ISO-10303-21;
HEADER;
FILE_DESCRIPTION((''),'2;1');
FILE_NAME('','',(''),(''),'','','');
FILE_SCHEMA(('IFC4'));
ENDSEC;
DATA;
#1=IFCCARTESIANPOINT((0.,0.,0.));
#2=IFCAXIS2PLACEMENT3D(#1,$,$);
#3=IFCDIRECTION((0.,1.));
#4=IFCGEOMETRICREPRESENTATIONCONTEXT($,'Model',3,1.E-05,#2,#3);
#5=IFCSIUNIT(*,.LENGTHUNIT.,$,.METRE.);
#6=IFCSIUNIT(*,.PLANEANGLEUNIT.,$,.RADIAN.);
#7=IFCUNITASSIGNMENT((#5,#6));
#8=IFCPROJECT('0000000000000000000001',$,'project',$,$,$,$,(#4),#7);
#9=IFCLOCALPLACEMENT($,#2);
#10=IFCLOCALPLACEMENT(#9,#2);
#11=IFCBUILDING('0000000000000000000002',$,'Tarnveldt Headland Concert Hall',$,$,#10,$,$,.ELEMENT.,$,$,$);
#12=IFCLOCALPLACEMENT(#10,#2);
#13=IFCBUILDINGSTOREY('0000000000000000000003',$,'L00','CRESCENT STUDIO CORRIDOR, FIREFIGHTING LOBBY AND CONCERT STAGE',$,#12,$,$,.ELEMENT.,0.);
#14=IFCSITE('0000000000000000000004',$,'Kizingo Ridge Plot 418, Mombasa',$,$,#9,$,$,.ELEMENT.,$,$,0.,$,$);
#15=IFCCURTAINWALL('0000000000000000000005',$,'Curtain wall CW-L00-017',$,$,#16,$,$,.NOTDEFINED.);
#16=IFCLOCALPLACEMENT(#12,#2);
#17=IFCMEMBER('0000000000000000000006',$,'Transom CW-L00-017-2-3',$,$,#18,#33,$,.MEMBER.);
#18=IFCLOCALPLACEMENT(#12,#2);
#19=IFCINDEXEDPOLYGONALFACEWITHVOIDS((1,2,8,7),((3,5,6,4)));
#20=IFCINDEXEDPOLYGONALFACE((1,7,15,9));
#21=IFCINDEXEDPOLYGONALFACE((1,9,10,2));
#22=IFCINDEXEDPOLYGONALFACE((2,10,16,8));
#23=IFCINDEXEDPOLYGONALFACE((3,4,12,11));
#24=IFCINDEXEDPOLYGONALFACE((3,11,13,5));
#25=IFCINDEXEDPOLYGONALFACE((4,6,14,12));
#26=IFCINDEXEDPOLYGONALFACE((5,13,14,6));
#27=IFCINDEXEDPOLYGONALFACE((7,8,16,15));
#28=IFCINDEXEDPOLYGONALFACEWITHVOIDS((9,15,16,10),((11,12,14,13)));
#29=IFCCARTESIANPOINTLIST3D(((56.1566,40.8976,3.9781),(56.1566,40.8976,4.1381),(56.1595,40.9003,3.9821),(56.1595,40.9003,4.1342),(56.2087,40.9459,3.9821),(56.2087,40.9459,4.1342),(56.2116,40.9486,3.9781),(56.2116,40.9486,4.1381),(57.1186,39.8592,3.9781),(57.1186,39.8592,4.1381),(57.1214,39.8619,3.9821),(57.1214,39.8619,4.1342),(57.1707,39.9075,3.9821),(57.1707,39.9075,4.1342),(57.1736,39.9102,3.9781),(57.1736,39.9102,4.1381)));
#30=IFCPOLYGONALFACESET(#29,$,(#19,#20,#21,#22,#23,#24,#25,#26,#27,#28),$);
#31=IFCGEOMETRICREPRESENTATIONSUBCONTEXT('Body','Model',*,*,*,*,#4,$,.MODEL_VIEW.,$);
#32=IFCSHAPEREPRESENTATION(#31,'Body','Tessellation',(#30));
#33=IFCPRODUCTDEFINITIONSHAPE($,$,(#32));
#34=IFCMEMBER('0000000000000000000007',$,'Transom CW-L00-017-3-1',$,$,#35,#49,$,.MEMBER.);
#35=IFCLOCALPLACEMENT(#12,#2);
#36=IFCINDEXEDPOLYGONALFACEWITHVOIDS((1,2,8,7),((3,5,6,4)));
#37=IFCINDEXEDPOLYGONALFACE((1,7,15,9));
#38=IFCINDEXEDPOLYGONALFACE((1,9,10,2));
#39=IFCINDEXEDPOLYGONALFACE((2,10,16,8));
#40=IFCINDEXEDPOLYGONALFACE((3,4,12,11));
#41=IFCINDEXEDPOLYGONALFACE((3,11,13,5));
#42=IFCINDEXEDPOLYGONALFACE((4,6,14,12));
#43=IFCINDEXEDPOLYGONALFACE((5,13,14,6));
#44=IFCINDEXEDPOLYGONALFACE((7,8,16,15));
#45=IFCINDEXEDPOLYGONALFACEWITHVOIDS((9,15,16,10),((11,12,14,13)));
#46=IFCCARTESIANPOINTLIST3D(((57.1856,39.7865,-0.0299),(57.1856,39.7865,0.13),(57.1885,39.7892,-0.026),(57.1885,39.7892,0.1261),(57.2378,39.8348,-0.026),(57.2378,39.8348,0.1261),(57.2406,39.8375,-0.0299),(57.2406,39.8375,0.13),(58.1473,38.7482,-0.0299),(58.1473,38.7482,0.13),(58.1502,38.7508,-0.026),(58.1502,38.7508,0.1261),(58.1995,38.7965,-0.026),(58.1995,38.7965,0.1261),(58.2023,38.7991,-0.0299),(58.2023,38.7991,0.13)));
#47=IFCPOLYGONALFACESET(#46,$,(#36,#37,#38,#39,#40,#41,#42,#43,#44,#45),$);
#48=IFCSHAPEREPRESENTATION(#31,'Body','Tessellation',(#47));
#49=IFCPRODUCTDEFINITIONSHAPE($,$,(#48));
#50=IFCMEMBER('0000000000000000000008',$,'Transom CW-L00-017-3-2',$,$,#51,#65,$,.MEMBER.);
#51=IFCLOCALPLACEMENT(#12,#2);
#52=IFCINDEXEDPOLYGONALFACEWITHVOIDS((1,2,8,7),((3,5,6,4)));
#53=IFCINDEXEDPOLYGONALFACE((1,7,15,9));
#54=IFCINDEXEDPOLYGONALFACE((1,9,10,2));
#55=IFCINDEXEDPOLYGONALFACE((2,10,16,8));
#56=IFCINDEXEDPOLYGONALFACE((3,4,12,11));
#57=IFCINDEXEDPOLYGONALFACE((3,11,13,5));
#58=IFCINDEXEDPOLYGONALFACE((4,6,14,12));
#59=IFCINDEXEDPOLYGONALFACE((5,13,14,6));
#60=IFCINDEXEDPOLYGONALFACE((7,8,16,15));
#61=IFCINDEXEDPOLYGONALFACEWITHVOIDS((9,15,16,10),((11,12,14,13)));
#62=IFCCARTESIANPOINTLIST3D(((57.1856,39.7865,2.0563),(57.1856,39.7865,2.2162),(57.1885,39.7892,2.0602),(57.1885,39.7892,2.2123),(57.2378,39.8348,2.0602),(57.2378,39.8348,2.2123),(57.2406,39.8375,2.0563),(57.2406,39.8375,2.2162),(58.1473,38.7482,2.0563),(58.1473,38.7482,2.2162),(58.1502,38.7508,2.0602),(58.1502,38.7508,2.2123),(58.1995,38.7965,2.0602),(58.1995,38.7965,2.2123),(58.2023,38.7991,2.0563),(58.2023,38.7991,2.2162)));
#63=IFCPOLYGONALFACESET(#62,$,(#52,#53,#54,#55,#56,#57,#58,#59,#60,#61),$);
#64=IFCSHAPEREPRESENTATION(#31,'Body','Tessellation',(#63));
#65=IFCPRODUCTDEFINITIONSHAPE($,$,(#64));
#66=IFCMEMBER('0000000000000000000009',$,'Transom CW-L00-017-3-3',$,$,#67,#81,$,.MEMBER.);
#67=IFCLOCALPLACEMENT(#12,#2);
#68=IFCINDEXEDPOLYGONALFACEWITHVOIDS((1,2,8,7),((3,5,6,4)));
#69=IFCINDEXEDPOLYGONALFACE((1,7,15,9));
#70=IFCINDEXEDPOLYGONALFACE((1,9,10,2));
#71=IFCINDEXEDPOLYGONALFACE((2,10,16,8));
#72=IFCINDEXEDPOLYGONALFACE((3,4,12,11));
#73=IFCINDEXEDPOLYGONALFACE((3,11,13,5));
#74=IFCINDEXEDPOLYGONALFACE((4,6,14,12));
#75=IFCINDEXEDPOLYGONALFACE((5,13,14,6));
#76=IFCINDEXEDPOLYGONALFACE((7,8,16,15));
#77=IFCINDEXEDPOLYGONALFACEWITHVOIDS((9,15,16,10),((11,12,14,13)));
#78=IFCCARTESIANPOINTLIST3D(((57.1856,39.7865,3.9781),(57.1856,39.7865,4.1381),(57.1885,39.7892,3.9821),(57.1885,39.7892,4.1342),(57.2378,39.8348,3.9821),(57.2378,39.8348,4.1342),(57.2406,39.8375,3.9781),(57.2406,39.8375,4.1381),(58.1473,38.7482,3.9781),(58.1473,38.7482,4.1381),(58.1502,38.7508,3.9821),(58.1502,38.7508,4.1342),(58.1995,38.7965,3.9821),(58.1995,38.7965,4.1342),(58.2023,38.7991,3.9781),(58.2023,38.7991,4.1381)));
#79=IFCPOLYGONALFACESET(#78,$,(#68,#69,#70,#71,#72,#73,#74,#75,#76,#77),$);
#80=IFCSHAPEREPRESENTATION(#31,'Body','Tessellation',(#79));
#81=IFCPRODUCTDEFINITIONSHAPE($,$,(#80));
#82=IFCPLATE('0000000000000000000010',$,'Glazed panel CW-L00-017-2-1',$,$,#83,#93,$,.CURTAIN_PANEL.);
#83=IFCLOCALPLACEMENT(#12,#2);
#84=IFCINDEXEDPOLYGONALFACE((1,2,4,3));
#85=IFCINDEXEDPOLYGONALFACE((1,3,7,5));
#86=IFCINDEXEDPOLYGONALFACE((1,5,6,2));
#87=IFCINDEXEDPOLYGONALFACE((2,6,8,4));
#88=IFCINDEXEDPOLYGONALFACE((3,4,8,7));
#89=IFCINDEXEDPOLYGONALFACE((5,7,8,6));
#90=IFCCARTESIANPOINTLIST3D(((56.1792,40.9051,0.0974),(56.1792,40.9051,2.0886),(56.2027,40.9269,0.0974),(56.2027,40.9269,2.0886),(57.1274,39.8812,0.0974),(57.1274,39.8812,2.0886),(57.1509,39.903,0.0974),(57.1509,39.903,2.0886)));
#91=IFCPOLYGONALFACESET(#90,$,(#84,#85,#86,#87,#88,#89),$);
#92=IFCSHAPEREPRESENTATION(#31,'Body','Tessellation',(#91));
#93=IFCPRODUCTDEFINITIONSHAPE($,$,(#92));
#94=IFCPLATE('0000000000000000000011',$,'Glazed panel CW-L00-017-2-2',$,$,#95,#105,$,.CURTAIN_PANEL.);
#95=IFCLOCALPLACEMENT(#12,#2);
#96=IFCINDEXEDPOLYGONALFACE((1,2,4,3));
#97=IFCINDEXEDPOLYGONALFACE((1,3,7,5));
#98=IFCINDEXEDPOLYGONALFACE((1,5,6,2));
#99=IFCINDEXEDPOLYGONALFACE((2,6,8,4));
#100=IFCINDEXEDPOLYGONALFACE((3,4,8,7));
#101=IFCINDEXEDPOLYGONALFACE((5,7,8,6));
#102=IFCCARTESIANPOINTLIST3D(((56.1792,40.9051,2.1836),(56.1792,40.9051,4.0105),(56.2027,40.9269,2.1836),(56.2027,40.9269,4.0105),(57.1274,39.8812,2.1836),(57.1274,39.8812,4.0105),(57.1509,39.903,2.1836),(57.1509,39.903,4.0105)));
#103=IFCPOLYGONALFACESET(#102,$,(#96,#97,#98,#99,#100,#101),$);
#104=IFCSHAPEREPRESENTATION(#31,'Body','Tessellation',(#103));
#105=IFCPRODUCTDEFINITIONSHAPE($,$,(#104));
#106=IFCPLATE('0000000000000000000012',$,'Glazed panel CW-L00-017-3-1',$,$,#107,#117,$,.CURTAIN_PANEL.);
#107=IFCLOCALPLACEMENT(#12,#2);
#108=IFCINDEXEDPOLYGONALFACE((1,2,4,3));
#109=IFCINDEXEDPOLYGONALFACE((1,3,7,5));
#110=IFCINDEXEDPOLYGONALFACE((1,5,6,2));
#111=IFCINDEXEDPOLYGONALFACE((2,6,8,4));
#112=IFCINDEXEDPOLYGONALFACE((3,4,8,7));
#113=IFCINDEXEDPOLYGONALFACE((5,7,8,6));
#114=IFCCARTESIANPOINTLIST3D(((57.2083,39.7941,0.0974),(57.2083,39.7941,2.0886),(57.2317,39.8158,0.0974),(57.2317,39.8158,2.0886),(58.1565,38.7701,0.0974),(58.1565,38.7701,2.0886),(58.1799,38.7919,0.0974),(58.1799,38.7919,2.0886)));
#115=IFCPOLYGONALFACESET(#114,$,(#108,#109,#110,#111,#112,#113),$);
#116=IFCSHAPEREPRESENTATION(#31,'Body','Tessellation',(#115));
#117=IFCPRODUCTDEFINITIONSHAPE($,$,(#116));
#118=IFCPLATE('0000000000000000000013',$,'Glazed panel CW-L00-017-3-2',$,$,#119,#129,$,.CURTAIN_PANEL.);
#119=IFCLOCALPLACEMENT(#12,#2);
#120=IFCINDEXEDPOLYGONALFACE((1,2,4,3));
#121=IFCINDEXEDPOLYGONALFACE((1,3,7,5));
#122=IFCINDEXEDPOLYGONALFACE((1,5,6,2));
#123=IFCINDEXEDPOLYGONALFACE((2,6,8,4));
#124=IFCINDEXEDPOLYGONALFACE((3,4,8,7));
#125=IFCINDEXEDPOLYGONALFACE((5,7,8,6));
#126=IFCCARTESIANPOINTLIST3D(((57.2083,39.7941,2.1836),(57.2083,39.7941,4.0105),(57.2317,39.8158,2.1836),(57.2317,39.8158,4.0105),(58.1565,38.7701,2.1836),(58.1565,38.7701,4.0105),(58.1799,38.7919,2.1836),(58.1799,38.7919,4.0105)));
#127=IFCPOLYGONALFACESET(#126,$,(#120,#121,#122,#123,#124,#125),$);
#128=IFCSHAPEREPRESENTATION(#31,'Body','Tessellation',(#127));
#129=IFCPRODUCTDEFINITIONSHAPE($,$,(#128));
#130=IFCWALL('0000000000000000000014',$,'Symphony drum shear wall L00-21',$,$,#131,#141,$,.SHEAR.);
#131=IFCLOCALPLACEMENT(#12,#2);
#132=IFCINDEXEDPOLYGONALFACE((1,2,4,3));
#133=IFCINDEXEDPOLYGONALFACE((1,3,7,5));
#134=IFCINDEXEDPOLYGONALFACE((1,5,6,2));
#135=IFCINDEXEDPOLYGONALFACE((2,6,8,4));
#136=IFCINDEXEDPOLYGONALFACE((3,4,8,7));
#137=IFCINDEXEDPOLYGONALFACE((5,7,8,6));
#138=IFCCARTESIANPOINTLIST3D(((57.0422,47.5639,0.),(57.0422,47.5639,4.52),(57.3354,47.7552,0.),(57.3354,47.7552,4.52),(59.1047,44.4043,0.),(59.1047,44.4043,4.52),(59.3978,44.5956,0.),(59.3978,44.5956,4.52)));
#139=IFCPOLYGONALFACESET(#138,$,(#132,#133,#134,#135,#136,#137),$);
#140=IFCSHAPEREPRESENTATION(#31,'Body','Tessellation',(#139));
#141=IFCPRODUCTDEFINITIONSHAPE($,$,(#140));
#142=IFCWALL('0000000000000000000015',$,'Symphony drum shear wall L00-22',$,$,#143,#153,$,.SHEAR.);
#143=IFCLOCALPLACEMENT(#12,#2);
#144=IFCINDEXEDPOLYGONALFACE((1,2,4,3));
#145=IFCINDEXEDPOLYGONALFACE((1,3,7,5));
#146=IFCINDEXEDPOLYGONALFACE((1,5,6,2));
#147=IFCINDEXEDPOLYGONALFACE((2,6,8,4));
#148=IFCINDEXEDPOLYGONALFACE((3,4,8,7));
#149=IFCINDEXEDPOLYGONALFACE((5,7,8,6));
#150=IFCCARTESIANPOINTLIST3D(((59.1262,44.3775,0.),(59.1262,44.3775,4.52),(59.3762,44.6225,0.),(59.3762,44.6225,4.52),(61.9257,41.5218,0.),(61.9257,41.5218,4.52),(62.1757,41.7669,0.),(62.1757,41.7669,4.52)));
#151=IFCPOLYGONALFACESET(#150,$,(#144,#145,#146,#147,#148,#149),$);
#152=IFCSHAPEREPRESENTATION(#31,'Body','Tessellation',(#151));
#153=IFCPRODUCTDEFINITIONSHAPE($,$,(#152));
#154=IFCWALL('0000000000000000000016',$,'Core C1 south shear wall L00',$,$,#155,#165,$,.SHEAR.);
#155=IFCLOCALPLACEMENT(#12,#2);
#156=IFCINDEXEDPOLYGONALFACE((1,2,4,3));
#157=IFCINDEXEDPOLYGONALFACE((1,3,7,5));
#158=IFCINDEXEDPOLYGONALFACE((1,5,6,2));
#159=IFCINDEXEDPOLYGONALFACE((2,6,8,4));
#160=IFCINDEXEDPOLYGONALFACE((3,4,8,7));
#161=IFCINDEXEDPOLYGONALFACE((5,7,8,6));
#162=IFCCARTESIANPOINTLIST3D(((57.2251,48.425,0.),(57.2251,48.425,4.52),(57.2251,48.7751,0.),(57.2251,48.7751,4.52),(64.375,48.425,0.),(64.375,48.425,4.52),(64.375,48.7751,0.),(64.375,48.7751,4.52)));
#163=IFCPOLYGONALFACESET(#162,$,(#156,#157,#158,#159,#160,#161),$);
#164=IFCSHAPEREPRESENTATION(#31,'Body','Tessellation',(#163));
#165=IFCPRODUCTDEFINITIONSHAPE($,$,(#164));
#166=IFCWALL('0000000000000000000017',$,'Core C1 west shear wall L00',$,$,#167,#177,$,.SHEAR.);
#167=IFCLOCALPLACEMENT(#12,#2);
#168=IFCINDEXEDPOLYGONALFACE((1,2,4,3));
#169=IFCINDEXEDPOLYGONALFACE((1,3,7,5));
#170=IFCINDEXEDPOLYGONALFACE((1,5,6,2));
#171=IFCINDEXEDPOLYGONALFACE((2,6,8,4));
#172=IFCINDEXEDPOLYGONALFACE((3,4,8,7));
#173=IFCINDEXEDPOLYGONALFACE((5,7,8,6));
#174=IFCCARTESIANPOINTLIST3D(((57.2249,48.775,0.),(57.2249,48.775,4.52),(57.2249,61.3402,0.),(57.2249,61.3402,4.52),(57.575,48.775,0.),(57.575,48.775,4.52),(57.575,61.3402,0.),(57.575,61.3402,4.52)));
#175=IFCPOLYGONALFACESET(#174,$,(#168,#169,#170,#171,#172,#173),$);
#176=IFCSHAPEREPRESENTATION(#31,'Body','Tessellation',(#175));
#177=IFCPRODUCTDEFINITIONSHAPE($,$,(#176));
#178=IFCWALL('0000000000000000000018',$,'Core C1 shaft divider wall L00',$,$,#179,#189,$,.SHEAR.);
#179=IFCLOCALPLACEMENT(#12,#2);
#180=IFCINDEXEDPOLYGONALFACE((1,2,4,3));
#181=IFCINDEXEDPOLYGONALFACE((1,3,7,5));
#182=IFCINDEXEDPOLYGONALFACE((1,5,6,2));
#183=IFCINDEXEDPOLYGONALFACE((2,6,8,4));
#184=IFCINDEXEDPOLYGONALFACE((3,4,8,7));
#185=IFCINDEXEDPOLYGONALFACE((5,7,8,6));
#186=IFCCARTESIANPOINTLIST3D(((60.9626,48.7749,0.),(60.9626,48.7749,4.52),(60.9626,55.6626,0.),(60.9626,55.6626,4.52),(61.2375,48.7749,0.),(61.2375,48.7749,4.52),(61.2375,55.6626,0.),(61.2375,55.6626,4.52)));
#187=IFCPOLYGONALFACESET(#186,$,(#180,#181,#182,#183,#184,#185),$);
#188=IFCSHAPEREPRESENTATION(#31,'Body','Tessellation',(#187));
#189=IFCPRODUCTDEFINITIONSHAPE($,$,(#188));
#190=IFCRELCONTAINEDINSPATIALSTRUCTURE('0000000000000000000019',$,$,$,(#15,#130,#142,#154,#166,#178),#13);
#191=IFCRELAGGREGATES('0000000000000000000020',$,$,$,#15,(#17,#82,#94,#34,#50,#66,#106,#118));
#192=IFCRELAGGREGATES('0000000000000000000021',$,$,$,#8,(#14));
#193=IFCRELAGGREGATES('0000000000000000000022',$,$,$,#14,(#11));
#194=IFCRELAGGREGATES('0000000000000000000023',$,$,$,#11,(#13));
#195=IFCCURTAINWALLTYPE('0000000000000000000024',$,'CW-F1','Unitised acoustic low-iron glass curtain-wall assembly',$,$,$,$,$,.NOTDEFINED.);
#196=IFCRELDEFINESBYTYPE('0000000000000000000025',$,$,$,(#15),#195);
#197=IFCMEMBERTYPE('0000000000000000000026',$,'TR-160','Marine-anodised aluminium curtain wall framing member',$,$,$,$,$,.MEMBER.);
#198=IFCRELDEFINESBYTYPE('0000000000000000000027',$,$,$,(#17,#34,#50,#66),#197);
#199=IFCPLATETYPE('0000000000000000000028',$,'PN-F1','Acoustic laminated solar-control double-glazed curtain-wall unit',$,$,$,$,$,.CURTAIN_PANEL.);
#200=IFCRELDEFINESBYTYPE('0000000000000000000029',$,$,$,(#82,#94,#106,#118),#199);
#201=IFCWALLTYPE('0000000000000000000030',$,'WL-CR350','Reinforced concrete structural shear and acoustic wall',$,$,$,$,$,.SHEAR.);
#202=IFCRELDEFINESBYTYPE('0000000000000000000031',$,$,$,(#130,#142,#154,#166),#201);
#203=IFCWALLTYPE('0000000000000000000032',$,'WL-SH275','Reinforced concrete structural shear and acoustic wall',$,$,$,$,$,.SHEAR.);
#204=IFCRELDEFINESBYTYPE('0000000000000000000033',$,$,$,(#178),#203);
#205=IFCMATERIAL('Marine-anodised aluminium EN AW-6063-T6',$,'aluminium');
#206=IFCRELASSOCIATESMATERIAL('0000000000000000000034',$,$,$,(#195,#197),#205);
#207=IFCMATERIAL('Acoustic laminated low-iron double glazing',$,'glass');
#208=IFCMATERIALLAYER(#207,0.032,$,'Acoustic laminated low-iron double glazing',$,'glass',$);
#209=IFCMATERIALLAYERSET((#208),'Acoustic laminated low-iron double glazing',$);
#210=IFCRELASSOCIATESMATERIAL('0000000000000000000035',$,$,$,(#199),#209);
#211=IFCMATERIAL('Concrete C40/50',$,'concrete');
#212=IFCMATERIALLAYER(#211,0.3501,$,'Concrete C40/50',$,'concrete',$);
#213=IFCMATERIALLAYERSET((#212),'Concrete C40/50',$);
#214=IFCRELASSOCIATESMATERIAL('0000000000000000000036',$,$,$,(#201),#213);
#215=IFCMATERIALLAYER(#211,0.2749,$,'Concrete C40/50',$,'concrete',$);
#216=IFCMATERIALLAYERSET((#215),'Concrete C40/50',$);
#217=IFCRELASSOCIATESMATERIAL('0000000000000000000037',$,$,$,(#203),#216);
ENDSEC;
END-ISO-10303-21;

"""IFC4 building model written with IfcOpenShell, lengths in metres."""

from ifc_helpers import new_model, si_unit, direction, frame, frame_2d, origin, origin_2d, place, context, subcontext, project, spatial, rectangle, hollow_rectangle, extrude, material, layer, layer_set, material_profile, profile_set, type_object, element, aggregate, save


model = new_model("IFC4")

# Units and contexts
model_context = context("Model", 3, precision=1e-05, world=origin(), true_north=direction((0.0, 1.0)))
body_context = subcontext(model_context, "Body", "Model", "MODEL_VIEW")
ifc_project = project(units=[si_unit("LENGTHUNIT", "METRE"), si_unit("PLANEANGLEUNIT", "RADIAN")], contexts=[model_context])

# Site, building, storey
site_placement = place(None, origin())
site = spatial("IfcSite", under=ifc_project, at=site_placement, Name="Kizingo Ridge Plot 418, Mombasa", CompositionType="ELEMENT", RefElevation=0.0)
building_placement = place(site_placement, origin())
building = spatial("IfcBuilding", under=site, at=building_placement, Name="Tarnveldt Headland Concert Hall", CompositionType="ELEMENT")
storey_placement = place(building_placement, origin())
storey = spatial("IfcBuildingStorey", under=building, at=storey_placement, Name="L00", Description="CRESCENT STUDIO CORRIDOR, FIREFIGHTING LOBBY AND CONCERT STAGE", CompositionType="ELEMENT", Elevation=0.0)

# Shared definitions
ifc_material_1 = material(Name="Concrete C40/50", Category="concrete")

# Curtain wall
ifc_material_2 = material(Name="Marine-anodised aluminium EN AW-6063-T6", Category="aluminium")
curtain_wall_type = type_object("IfcCurtainWallType", Name="CW-F1", Description="Unitised acoustic low-iron glass curtain-wall assembly", PredefinedType="NOTDEFINED", material=ifc_material_2)
curtain_wall_placement = place(storey_placement, origin())
curtain_wall = element("IfcCurtainWall", 1, at=curtain_wall_placement, inside=storey, type_object=curtain_wall_type, Name="Curtain wall CW-L00-017", PredefinedType="NOTDEFINED")

# Members
ifc_material_profile_1 = material_profile(ifc_material_2, hollow_rectangle(XDim=0.075, YDim=0.1599, WallThickness=0.0039, at=origin_2d()), Name="ALU TRANSOM 75x160x4", Category="aluminium")
ifc_profile_set_1 = profile_set([ifc_material_profile_1], Name="Marine-anodised aluminium EN AW-6063-T6")
member_type_1 = type_object("IfcMemberType", Name="TR-160", Description="Marine-anodised aluminium curtain wall framing member", PredefinedType="MEMBER", material=ifc_profile_set_1)
member_1_placement = place(storey_placement, frame((56.1841, 40.9231, 4.0581), z_axis=(0.679597, -0.733585, 0.0), x_axis=(0.733585, 0.679597, 0.0)))
member_1 = element("IfcMember", 2, at=member_1_placement, type_object=member_type_1, Name="Transom CW-L00-017-2-3", PredefinedType="MEMBER", context=body_context, shape_type="SweptSolid", body=[
    extrude(hollow_rectangle(XDim=0.075, YDim=0.1599, WallThickness=0.0039, at=origin_2d()), origin(), (0.0, 0.0, 1.0), 1.4155),
])
member_2_placement = place(storey_placement, frame((57.2131, 39.812, 0.05), z_axis=(0.679504, -0.733671, 0.0), x_axis=(0.733671, 0.679504, 0.0)))
member_2 = element("IfcMember", 3, at=member_2_placement, type_object=member_type_1, Name="Transom CW-L00-017-3-1", PredefinedType="MEMBER", context=body_context, shape_type="SweptSolid", body=[
    extrude(hollow_rectangle(XDim=0.075, YDim=0.1599, WallThickness=0.0039, at=origin_2d()), origin(), (0.0, 0.0, 1.0), 1.4153),
])
member_3_placement = place(storey_placement, frame((57.2131, 39.812, 2.1362), z_axis=(0.679504, -0.733671, 0.0), x_axis=(0.733671, 0.679504, 0.0)))
member_3 = element("IfcMember", 4, at=member_3_placement, type_object=member_type_1, Name="Transom CW-L00-017-3-2", PredefinedType="MEMBER", context=body_context, shape_type="SweptSolid", body=[
    extrude(hollow_rectangle(XDim=0.075, YDim=0.1599, WallThickness=0.0039, at=origin_2d()), origin(), (0.0, 0.0, 1.0), 1.4153),
])
member_4_placement = place(storey_placement, frame((57.2131, 39.812, 4.0581), z_axis=(0.679504, -0.733671, 0.0), x_axis=(0.733671, 0.679504, 0.0)))
member_4 = element("IfcMember", 5, at=member_4_placement, type_object=member_type_1, Name="Transom CW-L00-017-3-3", PredefinedType="MEMBER", context=body_context, shape_type="SweptSolid", body=[
    extrude(hollow_rectangle(XDim=0.075, YDim=0.1599, WallThickness=0.0039, at=origin_2d()), origin(), (0.0, 0.0, 1.0), 1.4153),
])

# Plates
ifc_material_3 = material(Name="Acoustic laminated low-iron double glazing", Category="glass")
ifc_layer_1 = layer(ifc_material_3, 0.032, Name="Acoustic laminated low-iron double glazing", Category="glass")
ifc_layer_set_1 = layer_set([ifc_layer_1], Name="Acoustic laminated low-iron double glazing")
plate_type = type_object("IfcPlateType", Name="PN-F1", Description="Acoustic laminated solar-control double-glazed curtain-wall unit", PredefinedType="CURTAIN_PANEL", material=ifc_layer_set_1)
plate_1_placement = place(storey_placement, frame((56.665, 40.4041, 0.0974), z_axis=(0.0, 0.0, 1.0), x_axis=(0.679454, -0.733718, 0.0)))
plate_1 = element("IfcPlate", 6, at=plate_1_placement, type_object=plate_type, Name="Glazed panel CW-L00-017-2-1", PredefinedType="CURTAIN_PANEL", context=body_context, shape_type="SweptSolid", body=[
    extrude(rectangle(XDim=1.3955, YDim=0.032, at=origin_2d()), origin(), (0.0, 0.0, 1.0), 1.9912),
])
plate_2_placement = place(storey_placement, frame((56.665, 40.4041, 2.1836), z_axis=(0.0, 0.0, 1.0), x_axis=(0.679454, -0.733718, 0.0)))
plate_2 = element("IfcPlate", 7, at=plate_2_placement, type_object=plate_type, Name="Glazed panel CW-L00-017-2-2", PredefinedType="CURTAIN_PANEL", context=body_context, shape_type="SweptSolid", body=[
    extrude(rectangle(XDim=1.3955, YDim=0.032, at=origin_2d()), origin(), (0.0, 0.0, 1.0), 1.8269),
])
plate_3_placement = place(storey_placement, frame((57.6941, 39.293, 0.0974), z_axis=(0.0, 0.0, 1.0), x_axis=(0.679454, -0.733718, 0.0)))
plate_3 = element("IfcPlate", 8, at=plate_3_placement, type_object=plate_type, Name="Glazed panel CW-L00-017-3-1", PredefinedType="CURTAIN_PANEL", context=body_context, shape_type="SweptSolid", body=[
    extrude(rectangle(XDim=1.3955, YDim=0.032, at=origin_2d()), origin(), (0.0, 0.0, 1.0), 1.9912),
])
plate_4_placement = place(storey_placement, frame((57.6941, 39.293, 2.1836), z_axis=(0.0, 0.0, 1.0), x_axis=(0.679454, -0.733718, 0.0)))
plate_4 = element("IfcPlate", 9, at=plate_4_placement, type_object=plate_type, Name="Glazed panel CW-L00-017-3-2", PredefinedType="CURTAIN_PANEL", context=body_context, shape_type="SweptSolid", body=[
    extrude(rectangle(XDim=1.3955, YDim=0.032, at=origin_2d()), origin(), (0.0, 0.0, 1.0), 1.8269),
])
aggregate(curtain_wall, [member_1, plate_1, plate_2, member_2, member_3, member_4, plate_3, plate_4])

# Walls
ifc_layer_2 = layer(ifc_material_1, 0.3501, Name="Concrete C40/50", Category="concrete")
ifc_layer_set_2 = layer_set([ifc_layer_2], Name="Concrete C40/50")
wall_type_1 = type_object("IfcWallType", Name="WL-CR350", Description="Reinforced concrete structural shear and acoustic wall", PredefinedType="SHEAR", material=ifc_layer_set_2)
wall_1_placement = place(storey_placement, frame((57.1887, 47.6597, 0.0), z_axis=(0.0, 0.0, 1.0), x_axis=(0.546611, -0.837387, 0.0)))
element("IfcWall", 10, at=wall_1_placement, inside=storey, type_object=wall_type_1, Name="Symphony drum shear wall L00-21", PredefinedType="SHEAR", context=body_context, shape_type="SweptSolid", body=[
    extrude(rectangle(XDim=3.7732, YDim=0.3501, at=frame_2d((1.8867, 0.0))), origin(), (0.0, 0.0, 1.0), 4.52),
])
wall_2_placement = place(storey_placement, frame((59.2512, 44.5, 0.0), z_axis=(0.0, 0.0, 1.0), x_axis=(0.700051, -0.714093, 0.0)))
element("IfcWall", 11, at=wall_2_placement, inside=storey, type_object=wall_type_1, Name="Symphony drum shear wall L00-22", PredefinedType="SHEAR", context=body_context, shape_type="SweptSolid", body=[
    extrude(rectangle(XDim=3.999, YDim=0.3501, at=frame_2d((1.9995, 0.0))), origin(), (0.0, 0.0, 1.0), 4.52),
])
wall_3_placement = place(storey_placement, frame((57.2251, 48.6001, 0.0), z_axis=(0.0, 0.0, 1.0), x_axis=(1.0, 0.0, 0.0)))
element("IfcWall", 12, at=wall_3_placement, inside=storey, type_object=wall_type_1, Name="Core C1 south shear wall L00", PredefinedType="SHEAR", context=body_context, shape_type="SweptSolid", body=[
    extrude(rectangle(XDim=7.1499, YDim=0.3501, at=frame_2d((3.575, 0.0))), origin(), (0.0, 0.0, 1.0), 4.52),
])
wall_4_placement = place(storey_placement, frame((57.3999, 48.7749, 0.0), z_axis=(0.0, 0.0, 1.0), x_axis=(0.0, 1.0, 0.0)))
element("IfcWall", 13, at=wall_4_placement, inside=storey, type_object=wall_type_1, Name="Core C1 west shear wall L00", PredefinedType="SHEAR", context=body_context, shape_type="SweptSolid", body=[
    extrude(rectangle(XDim=12.5652, YDim=0.3501, at=frame_2d((6.2827, 0.0))), origin(), (0.0, 0.0, 1.0), 4.52),
])
ifc_layer_3 = layer(ifc_material_1, 0.2749, Name="Concrete C40/50", Category="concrete")
ifc_layer_set_3 = layer_set([ifc_layer_3], Name="Concrete C40/50")
wall_type_2 = type_object("IfcWallType", Name="WL-SH275", Description="Reinforced concrete structural shear and acoustic wall", PredefinedType="SHEAR", material=ifc_layer_set_3)
wall_5_placement = place(storey_placement, frame((61.1001, 48.7749, 0.0), z_axis=(0.0, 0.0, 1.0), x_axis=(0.0, 1.0, 0.0)))
element("IfcWall", 14, at=wall_5_placement, inside=storey, type_object=wall_type_2, Name="Core C1 shaft divider wall L00", PredefinedType="SHEAR", context=body_context, shape_type="SweptSolid", body=[
    extrude(rectangle(XDim=6.8877, YDim=0.2749, at=frame_2d((3.4438, 0.0))), origin(), (0.0, 0.0, 1.0), 4.52),
])

save(model, "model.ifc")
